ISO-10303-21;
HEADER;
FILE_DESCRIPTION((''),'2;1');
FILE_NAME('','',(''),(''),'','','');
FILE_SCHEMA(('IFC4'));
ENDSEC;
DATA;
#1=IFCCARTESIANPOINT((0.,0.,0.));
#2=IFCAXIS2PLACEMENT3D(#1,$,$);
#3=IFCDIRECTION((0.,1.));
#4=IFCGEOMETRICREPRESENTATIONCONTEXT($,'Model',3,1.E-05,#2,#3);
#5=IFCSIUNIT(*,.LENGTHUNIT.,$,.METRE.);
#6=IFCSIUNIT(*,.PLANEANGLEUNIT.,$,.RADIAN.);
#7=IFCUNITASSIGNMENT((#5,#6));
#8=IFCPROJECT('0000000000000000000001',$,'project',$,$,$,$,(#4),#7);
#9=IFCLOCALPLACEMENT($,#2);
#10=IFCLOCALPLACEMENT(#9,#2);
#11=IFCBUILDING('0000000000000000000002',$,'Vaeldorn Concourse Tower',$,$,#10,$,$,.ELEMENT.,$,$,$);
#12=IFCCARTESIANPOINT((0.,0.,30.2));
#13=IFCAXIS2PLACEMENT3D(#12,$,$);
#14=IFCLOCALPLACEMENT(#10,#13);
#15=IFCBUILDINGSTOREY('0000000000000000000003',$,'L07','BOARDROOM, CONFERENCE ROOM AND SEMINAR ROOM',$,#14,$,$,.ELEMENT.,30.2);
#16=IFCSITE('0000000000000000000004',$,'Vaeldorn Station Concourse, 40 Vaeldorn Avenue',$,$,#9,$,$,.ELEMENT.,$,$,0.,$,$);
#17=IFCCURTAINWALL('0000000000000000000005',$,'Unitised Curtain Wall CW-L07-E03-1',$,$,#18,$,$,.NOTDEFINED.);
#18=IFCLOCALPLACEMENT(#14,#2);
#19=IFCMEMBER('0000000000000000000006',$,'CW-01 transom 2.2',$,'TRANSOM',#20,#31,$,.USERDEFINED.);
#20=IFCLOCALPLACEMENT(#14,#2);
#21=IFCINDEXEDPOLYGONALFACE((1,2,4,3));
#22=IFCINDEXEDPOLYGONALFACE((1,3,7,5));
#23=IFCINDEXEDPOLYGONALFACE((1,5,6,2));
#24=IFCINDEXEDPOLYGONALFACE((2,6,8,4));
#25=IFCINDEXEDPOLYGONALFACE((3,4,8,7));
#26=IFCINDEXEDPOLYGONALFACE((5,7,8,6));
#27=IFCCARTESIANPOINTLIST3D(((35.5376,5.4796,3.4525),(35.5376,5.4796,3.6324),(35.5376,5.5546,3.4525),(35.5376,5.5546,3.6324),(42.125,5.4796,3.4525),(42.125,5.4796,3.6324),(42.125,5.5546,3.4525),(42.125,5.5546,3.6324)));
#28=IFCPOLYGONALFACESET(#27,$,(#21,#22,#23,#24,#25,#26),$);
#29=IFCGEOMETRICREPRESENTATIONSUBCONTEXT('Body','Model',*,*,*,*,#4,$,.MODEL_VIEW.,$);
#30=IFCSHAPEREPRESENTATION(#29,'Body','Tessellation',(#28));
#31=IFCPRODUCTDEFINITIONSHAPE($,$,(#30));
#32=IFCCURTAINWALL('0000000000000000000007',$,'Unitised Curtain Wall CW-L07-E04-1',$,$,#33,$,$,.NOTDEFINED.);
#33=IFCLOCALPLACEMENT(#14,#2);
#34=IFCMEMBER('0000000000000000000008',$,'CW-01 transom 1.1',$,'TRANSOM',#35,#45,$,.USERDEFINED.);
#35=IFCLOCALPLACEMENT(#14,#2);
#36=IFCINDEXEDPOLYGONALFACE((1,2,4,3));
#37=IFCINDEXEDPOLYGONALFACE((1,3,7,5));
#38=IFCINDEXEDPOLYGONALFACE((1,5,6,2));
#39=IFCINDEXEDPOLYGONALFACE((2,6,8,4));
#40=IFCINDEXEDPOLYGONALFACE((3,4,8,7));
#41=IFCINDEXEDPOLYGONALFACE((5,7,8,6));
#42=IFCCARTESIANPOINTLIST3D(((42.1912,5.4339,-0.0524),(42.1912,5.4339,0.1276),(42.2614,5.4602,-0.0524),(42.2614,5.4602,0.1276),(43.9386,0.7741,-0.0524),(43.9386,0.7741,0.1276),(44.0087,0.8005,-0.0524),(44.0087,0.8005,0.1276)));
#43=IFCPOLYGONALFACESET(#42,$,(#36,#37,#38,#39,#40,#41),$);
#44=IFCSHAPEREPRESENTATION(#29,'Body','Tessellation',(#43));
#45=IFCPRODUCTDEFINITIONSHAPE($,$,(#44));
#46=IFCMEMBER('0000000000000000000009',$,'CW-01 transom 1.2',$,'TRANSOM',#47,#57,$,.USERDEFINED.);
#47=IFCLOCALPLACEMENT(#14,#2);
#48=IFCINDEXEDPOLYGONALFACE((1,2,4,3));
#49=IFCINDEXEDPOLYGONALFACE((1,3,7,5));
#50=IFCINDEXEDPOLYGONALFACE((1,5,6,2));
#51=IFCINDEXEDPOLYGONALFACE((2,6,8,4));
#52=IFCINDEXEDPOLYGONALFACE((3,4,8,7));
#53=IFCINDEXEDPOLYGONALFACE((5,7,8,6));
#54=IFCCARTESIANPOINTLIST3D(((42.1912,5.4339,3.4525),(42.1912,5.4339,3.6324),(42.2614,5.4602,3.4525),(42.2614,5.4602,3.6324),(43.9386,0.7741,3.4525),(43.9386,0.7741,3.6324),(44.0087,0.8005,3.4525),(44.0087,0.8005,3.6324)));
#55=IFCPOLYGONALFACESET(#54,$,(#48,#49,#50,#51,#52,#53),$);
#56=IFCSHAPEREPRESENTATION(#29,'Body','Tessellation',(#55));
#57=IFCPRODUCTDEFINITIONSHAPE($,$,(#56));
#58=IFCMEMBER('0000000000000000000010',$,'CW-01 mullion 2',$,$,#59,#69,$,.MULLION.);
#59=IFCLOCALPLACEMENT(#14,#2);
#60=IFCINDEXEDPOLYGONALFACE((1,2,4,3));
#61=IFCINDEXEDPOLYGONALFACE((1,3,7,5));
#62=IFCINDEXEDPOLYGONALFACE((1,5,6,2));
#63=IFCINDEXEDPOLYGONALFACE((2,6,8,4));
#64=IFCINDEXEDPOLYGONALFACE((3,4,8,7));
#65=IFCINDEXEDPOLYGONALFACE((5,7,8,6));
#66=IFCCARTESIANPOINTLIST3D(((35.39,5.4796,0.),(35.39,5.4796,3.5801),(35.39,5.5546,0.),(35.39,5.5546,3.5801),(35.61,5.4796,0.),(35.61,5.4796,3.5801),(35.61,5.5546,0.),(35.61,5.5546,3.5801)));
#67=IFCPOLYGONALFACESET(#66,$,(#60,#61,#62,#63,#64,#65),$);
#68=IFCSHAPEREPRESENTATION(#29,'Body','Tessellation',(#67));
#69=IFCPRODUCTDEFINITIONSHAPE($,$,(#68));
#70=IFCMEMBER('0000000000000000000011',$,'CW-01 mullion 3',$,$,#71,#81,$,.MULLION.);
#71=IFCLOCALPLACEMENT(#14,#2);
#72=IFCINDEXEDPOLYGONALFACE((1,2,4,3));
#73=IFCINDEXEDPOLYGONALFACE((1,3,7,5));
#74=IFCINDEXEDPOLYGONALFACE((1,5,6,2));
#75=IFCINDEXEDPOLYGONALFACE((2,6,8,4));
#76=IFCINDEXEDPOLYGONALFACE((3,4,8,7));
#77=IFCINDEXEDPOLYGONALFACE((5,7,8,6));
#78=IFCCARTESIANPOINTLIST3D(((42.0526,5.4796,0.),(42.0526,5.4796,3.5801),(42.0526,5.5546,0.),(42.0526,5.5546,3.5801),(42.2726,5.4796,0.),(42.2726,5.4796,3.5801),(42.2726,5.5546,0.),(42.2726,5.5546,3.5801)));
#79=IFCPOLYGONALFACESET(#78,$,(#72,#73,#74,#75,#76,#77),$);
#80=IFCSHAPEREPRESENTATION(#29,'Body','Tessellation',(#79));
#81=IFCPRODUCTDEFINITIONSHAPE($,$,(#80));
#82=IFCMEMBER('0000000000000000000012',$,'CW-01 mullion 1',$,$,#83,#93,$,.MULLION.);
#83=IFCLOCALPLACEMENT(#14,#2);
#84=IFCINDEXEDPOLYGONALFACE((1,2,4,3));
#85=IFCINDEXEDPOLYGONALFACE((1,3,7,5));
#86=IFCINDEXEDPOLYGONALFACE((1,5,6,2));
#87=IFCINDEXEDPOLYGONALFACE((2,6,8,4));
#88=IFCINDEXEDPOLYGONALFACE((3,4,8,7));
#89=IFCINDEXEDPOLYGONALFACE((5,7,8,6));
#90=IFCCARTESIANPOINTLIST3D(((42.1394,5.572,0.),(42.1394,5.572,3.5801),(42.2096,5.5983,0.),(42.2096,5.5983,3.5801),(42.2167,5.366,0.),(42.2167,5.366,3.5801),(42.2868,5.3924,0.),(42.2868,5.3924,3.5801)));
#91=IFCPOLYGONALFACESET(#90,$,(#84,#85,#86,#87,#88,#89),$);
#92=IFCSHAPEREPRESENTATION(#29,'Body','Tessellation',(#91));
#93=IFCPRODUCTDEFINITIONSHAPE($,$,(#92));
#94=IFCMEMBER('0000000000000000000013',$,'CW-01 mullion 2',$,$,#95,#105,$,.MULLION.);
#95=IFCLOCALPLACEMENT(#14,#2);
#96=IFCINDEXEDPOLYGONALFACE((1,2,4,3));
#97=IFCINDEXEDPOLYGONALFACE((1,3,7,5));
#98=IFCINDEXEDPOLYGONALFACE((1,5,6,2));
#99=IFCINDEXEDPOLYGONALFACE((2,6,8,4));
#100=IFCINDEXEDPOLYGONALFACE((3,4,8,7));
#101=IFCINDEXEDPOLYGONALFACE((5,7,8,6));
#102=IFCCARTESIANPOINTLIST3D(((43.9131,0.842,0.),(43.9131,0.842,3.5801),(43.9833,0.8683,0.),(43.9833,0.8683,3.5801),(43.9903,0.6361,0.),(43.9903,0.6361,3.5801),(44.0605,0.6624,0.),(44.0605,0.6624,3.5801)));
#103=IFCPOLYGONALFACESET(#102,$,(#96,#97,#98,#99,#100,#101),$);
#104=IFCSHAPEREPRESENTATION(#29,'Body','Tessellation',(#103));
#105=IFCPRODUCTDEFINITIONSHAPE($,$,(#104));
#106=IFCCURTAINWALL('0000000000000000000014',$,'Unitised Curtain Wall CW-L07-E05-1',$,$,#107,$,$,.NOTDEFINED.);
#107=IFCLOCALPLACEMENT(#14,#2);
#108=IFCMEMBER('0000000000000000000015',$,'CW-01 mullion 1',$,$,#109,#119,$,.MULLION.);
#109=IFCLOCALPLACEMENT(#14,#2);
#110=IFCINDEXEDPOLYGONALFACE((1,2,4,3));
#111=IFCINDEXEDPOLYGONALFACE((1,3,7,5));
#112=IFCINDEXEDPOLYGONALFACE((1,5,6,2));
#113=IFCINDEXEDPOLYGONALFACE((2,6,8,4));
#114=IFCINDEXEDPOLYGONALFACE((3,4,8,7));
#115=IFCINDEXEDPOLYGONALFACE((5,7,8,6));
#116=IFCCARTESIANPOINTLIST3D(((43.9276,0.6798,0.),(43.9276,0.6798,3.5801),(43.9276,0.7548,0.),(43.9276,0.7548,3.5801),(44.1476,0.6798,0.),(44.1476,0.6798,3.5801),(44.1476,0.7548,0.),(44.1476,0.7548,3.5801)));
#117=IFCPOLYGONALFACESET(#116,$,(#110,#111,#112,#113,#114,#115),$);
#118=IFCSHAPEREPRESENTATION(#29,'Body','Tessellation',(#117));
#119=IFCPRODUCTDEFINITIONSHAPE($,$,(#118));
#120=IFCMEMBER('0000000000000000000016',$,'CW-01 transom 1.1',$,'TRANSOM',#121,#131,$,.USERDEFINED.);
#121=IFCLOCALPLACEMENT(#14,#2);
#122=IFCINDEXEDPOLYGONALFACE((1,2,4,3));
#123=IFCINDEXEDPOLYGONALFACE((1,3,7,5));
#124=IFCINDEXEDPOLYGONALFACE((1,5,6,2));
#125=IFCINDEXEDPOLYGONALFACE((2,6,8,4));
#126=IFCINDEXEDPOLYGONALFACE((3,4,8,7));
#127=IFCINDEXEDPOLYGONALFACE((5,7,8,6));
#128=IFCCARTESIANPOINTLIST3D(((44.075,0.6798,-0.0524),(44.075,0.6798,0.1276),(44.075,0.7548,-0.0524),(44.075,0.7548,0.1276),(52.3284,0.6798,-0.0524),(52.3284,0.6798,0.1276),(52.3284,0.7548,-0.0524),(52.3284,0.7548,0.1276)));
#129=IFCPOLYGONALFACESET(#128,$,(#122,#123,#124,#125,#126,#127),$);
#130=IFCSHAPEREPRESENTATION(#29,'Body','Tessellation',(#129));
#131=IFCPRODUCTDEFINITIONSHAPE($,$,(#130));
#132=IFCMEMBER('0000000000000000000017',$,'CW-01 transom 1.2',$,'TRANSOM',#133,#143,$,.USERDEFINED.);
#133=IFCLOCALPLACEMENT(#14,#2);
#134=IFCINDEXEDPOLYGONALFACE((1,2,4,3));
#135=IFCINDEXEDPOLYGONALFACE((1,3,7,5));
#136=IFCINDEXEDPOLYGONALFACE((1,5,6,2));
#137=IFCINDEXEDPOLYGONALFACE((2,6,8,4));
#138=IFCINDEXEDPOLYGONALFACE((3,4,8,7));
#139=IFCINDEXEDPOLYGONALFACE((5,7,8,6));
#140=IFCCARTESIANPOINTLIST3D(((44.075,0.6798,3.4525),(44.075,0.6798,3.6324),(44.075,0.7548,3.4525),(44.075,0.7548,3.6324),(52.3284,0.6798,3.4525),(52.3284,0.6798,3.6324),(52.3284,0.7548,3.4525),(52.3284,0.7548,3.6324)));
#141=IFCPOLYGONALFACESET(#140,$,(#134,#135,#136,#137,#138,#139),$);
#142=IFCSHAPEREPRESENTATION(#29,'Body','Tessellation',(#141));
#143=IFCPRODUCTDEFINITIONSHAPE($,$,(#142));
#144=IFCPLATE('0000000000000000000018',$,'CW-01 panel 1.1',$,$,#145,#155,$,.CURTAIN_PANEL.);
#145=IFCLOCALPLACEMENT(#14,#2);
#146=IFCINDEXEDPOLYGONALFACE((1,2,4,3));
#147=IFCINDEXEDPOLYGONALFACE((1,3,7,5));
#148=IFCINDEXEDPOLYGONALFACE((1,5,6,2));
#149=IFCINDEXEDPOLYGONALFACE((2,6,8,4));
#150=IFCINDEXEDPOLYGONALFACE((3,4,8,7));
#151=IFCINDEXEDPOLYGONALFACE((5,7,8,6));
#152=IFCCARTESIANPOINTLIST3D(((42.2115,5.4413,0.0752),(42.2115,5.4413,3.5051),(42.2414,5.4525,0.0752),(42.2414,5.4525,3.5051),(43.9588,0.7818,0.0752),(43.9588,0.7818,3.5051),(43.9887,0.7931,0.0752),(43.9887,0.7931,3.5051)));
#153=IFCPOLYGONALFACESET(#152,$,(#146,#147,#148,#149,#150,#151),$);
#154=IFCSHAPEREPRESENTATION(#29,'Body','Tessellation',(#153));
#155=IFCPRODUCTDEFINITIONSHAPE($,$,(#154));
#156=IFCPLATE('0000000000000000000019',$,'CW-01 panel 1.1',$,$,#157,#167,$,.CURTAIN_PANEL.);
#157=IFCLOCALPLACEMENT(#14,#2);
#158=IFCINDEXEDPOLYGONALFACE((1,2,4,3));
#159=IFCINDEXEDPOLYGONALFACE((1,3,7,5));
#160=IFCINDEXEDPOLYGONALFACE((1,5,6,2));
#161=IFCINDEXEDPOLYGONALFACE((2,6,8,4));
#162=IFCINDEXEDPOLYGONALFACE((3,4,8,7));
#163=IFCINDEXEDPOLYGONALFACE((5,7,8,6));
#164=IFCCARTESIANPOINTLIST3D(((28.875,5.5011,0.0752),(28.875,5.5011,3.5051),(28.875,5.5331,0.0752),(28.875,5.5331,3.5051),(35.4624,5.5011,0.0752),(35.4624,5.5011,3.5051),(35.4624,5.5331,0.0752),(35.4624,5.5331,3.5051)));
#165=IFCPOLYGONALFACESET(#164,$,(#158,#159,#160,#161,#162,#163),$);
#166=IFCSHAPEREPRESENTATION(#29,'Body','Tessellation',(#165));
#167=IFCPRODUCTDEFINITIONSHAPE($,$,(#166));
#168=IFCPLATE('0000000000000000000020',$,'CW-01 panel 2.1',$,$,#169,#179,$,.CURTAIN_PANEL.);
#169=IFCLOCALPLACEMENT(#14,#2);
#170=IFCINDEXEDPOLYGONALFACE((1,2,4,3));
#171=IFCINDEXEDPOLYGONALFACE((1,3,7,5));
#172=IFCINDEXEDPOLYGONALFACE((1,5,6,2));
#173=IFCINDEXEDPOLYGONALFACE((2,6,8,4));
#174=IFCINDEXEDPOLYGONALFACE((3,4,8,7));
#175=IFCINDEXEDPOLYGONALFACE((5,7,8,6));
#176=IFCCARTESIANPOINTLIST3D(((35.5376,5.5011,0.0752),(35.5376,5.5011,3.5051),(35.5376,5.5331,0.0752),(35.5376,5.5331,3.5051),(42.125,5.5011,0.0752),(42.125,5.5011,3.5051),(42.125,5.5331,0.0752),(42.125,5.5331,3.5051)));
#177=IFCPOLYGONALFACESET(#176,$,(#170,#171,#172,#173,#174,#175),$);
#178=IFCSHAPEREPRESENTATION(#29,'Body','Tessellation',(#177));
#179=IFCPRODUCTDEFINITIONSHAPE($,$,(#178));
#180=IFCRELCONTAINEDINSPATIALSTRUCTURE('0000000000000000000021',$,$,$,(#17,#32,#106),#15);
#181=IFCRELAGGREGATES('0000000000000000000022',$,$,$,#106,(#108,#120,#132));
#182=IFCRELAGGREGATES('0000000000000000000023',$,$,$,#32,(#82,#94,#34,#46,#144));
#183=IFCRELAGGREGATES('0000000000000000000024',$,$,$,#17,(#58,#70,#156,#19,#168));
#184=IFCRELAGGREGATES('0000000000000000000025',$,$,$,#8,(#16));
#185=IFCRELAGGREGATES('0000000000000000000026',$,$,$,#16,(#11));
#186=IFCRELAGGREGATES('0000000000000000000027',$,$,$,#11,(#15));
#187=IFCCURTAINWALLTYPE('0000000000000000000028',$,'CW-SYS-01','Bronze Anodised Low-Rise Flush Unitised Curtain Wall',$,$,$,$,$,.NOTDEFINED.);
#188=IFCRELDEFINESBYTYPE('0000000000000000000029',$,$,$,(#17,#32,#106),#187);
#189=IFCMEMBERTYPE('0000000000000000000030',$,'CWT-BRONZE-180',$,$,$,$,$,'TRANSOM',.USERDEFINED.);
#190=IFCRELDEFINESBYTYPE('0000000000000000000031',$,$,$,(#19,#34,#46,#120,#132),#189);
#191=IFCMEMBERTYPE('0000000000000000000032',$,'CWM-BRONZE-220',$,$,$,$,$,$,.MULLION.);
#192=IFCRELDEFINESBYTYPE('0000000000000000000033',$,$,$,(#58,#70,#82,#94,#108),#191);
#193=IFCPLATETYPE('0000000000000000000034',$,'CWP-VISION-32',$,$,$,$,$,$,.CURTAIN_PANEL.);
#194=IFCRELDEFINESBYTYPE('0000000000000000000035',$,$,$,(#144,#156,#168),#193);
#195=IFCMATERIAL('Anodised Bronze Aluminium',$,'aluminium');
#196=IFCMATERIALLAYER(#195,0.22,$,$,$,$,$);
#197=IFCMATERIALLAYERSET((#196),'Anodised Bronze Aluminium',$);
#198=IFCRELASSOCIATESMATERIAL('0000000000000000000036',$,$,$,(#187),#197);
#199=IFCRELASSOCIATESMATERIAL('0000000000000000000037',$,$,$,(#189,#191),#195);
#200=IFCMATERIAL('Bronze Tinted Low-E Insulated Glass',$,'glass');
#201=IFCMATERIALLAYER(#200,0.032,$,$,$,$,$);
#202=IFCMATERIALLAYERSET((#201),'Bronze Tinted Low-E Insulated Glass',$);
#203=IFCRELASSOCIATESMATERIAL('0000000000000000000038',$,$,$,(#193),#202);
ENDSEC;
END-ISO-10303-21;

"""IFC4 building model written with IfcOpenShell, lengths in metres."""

from ifc_helpers import new_model, si_unit, direction, frame, origin, origin_2d, place, context, subcontext, project, spatial, rectangle, extrude, source, transform, mapped, material, layer, layer_set, material_profile, profile_set, type_object, element, aggregate, save


model = new_model("IFC4")

# Units and contexts
model_context = context("Model", 3, precision=1e-05, world=origin(), true_north=direction((0.0, 1.0)))
body_context = subcontext(model_context, "Body", "Model", "MODEL_VIEW")
ifc_project = project(units=[si_unit("LENGTHUNIT", "METRE"), si_unit("PLANEANGLEUNIT", "RADIAN")], contexts=[model_context])

# Site, building, storey
site_placement = place(None, origin())
site = spatial("IfcSite", under=ifc_project, at=site_placement, Name="Vaeldorn Station Concourse, 40 Vaeldorn Avenue", CompositionType="ELEMENT", RefElevation=0.0)
building_placement = place(site_placement, origin())
building = spatial("IfcBuilding", under=site, at=building_placement, Name="Vaeldorn Concourse Tower", CompositionType="ELEMENT")
storey_placement = place(building_placement, frame((0.0, 0.0, 30.2)))
storey = spatial("IfcBuildingStorey", under=building, at=storey_placement, Name="L07", Description="BOARDROOM, CONFERENCE ROOM AND SEMINAR ROOM", CompositionType="ELEMENT", Elevation=30.2)

# Curtain walls, members
ifc_material_1 = material(Name="Anodised Bronze Aluminium", Category="aluminium")
ifc_layer_1 = layer(ifc_material_1, 0.22)
ifc_layer_set_1 = layer_set([ifc_layer_1], Name="Anodised Bronze Aluminium")
curtain_wall_type = type_object("IfcCurtainWallType", Name="CW-SYS-01", Description="Bronze Anodised Low-Rise Flush Unitised Curtain Wall", PredefinedType="NOTDEFINED", material=ifc_layer_set_1)
curtain_wall_1_placement = place(storey_placement, origin())
curtain_wall_1 = element("IfcCurtainWall", 1, at=curtain_wall_1_placement, inside=storey, type_object=curtain_wall_type, Name="Unitised Curtain Wall CW-L07-E03-1", PredefinedType="NOTDEFINED")
ifc_material_profile_1 = material_profile(ifc_material_1, rectangle(XDim=0.075, YDim=0.1799, at=origin_2d()), Name="CWT 75x180")
ifc_profile_set_1 = profile_set([ifc_material_profile_1], Name="Anodised Bronze Aluminium")
member_type_1 = type_object("IfcMemberType", Name="CWT-BRONZE-180", ElementType="TRANSOM", PredefinedType="USERDEFINED", material=ifc_profile_set_1)
shared_shape_1 = source(origin(), body_context, "Body", "SweptSolid", [
    extrude(rectangle(XDim=0.075, YDim=0.1799, at=origin_2d()), origin(), (0.0, 0.0, 1.0), 6.5874),
])
member_1_placement = place(storey_placement, frame((35.5376, 5.5171, 3.5425), z_axis=(1.0, 0.0, 0.0), x_axis=(0.0, 1.0, 0.0)))
member_1 = element("IfcMember", 2, at=member_1_placement, type_object=member_type_1, Name="CW-01 transom 2.2", ObjectType="TRANSOM", PredefinedType="USERDEFINED", context=body_context, shape_type="MappedRepresentation", body=[
    mapped(shared_shape_1, transform((0.0, 0.0, 0.0), scale=1.0)),
])
curtain_wall_2_placement = place(storey_placement, origin())
curtain_wall_2 = element("IfcCurtainWall", 3, at=curtain_wall_2_placement, inside=storey, type_object=curtain_wall_type, Name="Unitised Curtain Wall CW-L07-E04-1", PredefinedType="NOTDEFINED")
shared_shape_2 = source(origin(), body_context, "Body", "SweptSolid", [
    extrude(rectangle(XDim=0.075, YDim=0.1799, at=origin_2d()), origin(), (0.0, 0.0, 1.0), 4.9766),
])
member_2_placement = place(storey_placement, frame((42.2263, 5.447, 0.0376), z_axis=(0.351113, -0.936333, 0.0), x_axis=(0.936333, 0.351113, 0.0)))
member_2 = element("IfcMember", 4, at=member_2_placement, type_object=member_type_1, Name="CW-01 transom 1.1", ObjectType="TRANSOM", PredefinedType="USERDEFINED", context=body_context, shape_type="MappedRepresentation", body=[
    mapped(shared_shape_2, transform((0.0, 0.0, 0.0), scale=1.0)),
])
member_3_placement = place(storey_placement, frame((42.2263, 5.447, 3.5425), z_axis=(0.351113, -0.936333, 0.0), x_axis=(0.936333, 0.351113, 0.0)))
member_3 = element("IfcMember", 5, at=member_3_placement, type_object=member_type_1, Name="CW-01 transom 1.2", ObjectType="TRANSOM", PredefinedType="USERDEFINED", context=body_context, shape_type="MappedRepresentation", body=[
    mapped(shared_shape_2, transform((0.0, 0.0, 0.0), scale=1.0)),
])

# Members
ifc_material_profile_2 = material_profile(ifc_material_1, rectangle(XDim=0.075, YDim=0.22, at=origin_2d()), Name="CWM 75x220")
ifc_profile_set_2 = profile_set([ifc_material_profile_2], Name="Anodised Bronze Aluminium")
member_type_2 = type_object("IfcMemberType", Name="CWM-BRONZE-220", PredefinedType="MULLION", material=ifc_profile_set_2)
shared_shape_3 = source(origin(), body_context, "Body", "SweptSolid", [
    extrude(rectangle(XDim=0.075, YDim=0.22, at=origin_2d()), origin(), (0.0, 0.0, 1.0), 3.5801),
])
member_4_placement = place(storey_placement, frame((35.5, 5.5171, 0.0), z_axis=(0.0, 0.0, 1.0), x_axis=(0.0, 1.0, 0.0)))
member_4 = element("IfcMember", 6, at=member_4_placement, type_object=member_type_2, Name="CW-01 mullion 2", PredefinedType="MULLION", context=body_context, shape_type="MappedRepresentation", body=[
    mapped(shared_shape_3, transform((0.0, 0.0, 0.0), scale=1.0)),
])
member_5_placement = place(storey_placement, frame((42.1626, 5.5171, 0.0), z_axis=(0.0, 0.0, 1.0), x_axis=(0.0, 1.0, 0.0)))
member_5 = element("IfcMember", 7, at=member_5_placement, type_object=member_type_2, Name="CW-01 mullion 3", PredefinedType="MULLION", context=body_context, shape_type="MappedRepresentation", body=[
    mapped(shared_shape_3, transform((0.0, 0.0, 0.0), scale=1.0)),
])
member_6_placement = place(storey_placement, frame((42.2131, 5.4822, 0.0), z_axis=(0.0, 0.0, 1.0), x_axis=(0.936329, 0.351123, 0.0)))
member_6 = element("IfcMember", 8, at=member_6_placement, type_object=member_type_2, Name="CW-01 mullion 1", PredefinedType="MULLION", context=body_context, shape_type="MappedRepresentation", body=[
    mapped(shared_shape_3, transform((0.0, 0.0, 0.0), scale=1.0)),
])
member_7_placement = place(storey_placement, frame((43.9868, 0.7522, 0.0), z_axis=(0.0, 0.0, 1.0), x_axis=(0.936329, 0.351123, 0.0)))
member_7 = element("IfcMember", 9, at=member_7_placement, type_object=member_type_2, Name="CW-01 mullion 2", PredefinedType="MULLION", context=body_context, shape_type="MappedRepresentation", body=[
    mapped(shared_shape_3, transform((0.0, 0.0, 0.0), scale=1.0)),
])

# Curtain wall, members
curtain_wall_3_placement = place(storey_placement, origin())
curtain_wall_3 = element("IfcCurtainWall", 10, at=curtain_wall_3_placement, inside=storey, type_object=curtain_wall_type, Name="Unitised Curtain Wall CW-L07-E05-1", PredefinedType="NOTDEFINED")
member_8_placement = place(storey_placement, frame((44.0376, 0.7173, 0.0), z_axis=(0.0, 0.0, 1.0), x_axis=(0.0, 1.0, 0.0)))
member_8 = element("IfcMember", 11, at=member_8_placement, type_object=member_type_2, Name="CW-01 mullion 1", PredefinedType="MULLION", context=body_context, shape_type="MappedRepresentation", body=[
    mapped(shared_shape_3, transform((0.0, 0.0, 0.0), scale=1.0)),
])
shared_shape_4 = source(origin(), body_context, "Body", "SweptSolid", [
    extrude(rectangle(XDim=0.075, YDim=0.1799, at=origin_2d()), origin(), (0.0, 0.0, 1.0), 8.2534),
])
member_9_placement = place(storey_placement, frame((44.075, 0.7173, 0.0376), z_axis=(1.0, 0.0, 0.0), x_axis=(0.0, 1.0, 0.0)))
member_9 = element("IfcMember", 12, at=member_9_placement, type_object=member_type_1, Name="CW-01 transom 1.1", ObjectType="TRANSOM", PredefinedType="USERDEFINED", context=body_context, shape_type="MappedRepresentation", body=[
    mapped(shared_shape_4, transform((0.0, 0.0, 0.0), scale=1.0)),
])
member_10_placement = place(storey_placement, frame((44.075, 0.7173, 3.5425), z_axis=(1.0, 0.0, 0.0), x_axis=(0.0, 1.0, 0.0)))
member_10 = element("IfcMember", 13, at=member_10_placement, type_object=member_type_1, Name="CW-01 transom 1.2", ObjectType="TRANSOM", PredefinedType="USERDEFINED", context=body_context, shape_type="MappedRepresentation", body=[
    mapped(shared_shape_4, transform((0.0, 0.0, 0.0), scale=1.0)),
])
aggregate(curtain_wall_3, [member_8, member_9, member_10])

# Plates
ifc_material_2 = material(Name="Bronze Tinted Low-E Insulated Glass", Category="glass")
ifc_layer_2 = layer(ifc_material_2, 0.032)
ifc_layer_set_2 = layer_set([ifc_layer_2], Name="Bronze Tinted Low-E Insulated Glass")
plate_type = type_object("IfcPlateType", Name="CWP-VISION-32", PredefinedType="CURTAIN_PANEL", material=ifc_layer_set_2)
shared_shape_5 = source(origin(), body_context, "Body", "SweptSolid", [
    extrude(rectangle(XDim=4.9763, YDim=0.032, at=origin_2d()), origin(), (0.0, 0.0, 1.0), 3.4299),
])
plate_1_placement = place(storey_placement, frame((43.1001, 3.1172, 0.0752), z_axis=(0.0, 0.0, 1.0), x_axis=(0.351123, -0.936329, 0.0)))
plate_1 = element("IfcPlate", 14, at=plate_1_placement, type_object=plate_type, Name="CW-01 panel 1.1", PredefinedType="CURTAIN_PANEL", context=body_context, shape_type="MappedRepresentation", body=[
    mapped(shared_shape_5, transform((0.0, 0.0, 0.0), scale=1.0)),
])
aggregate(curtain_wall_2, [member_6, member_7, member_2, member_3, plate_1])
shared_shape_6 = source(origin(), body_context, "Body", "SweptSolid", [
    extrude(rectangle(XDim=6.5874, YDim=0.032, at=origin_2d()), origin(), (0.0, 0.0, 1.0), 3.4299),
])
plate_2_placement = place(storey_placement, frame((32.1687, 5.5171, 0.0752), z_axis=(0.0, 0.0, 1.0), x_axis=(1.0, 0.0, 0.0)))
plate_2 = element("IfcPlate", 15, at=plate_2_placement, type_object=plate_type, Name="CW-01 panel 1.1", PredefinedType="CURTAIN_PANEL", context=body_context, shape_type="MappedRepresentation", body=[
    mapped(shared_shape_6, transform((0.0, 0.0, 0.0), scale=1.0)),
])
plate_3_placement = place(storey_placement, frame((38.8313, 5.5171, 0.0752), z_axis=(0.0, 0.0, 1.0), x_axis=(1.0, 0.0, 0.0)))
plate_3 = element("IfcPlate", 16, at=plate_3_placement, type_object=plate_type, Name="CW-01 panel 2.1", PredefinedType="CURTAIN_PANEL", context=body_context, shape_type="MappedRepresentation", body=[
    mapped(shared_shape_6, transform((0.0, 0.0, 0.0), scale=1.0)),
])
aggregate(curtain_wall_1, [member_4, member_5, plate_2, member_1, plate_3])

save(model, "model.ifc")
